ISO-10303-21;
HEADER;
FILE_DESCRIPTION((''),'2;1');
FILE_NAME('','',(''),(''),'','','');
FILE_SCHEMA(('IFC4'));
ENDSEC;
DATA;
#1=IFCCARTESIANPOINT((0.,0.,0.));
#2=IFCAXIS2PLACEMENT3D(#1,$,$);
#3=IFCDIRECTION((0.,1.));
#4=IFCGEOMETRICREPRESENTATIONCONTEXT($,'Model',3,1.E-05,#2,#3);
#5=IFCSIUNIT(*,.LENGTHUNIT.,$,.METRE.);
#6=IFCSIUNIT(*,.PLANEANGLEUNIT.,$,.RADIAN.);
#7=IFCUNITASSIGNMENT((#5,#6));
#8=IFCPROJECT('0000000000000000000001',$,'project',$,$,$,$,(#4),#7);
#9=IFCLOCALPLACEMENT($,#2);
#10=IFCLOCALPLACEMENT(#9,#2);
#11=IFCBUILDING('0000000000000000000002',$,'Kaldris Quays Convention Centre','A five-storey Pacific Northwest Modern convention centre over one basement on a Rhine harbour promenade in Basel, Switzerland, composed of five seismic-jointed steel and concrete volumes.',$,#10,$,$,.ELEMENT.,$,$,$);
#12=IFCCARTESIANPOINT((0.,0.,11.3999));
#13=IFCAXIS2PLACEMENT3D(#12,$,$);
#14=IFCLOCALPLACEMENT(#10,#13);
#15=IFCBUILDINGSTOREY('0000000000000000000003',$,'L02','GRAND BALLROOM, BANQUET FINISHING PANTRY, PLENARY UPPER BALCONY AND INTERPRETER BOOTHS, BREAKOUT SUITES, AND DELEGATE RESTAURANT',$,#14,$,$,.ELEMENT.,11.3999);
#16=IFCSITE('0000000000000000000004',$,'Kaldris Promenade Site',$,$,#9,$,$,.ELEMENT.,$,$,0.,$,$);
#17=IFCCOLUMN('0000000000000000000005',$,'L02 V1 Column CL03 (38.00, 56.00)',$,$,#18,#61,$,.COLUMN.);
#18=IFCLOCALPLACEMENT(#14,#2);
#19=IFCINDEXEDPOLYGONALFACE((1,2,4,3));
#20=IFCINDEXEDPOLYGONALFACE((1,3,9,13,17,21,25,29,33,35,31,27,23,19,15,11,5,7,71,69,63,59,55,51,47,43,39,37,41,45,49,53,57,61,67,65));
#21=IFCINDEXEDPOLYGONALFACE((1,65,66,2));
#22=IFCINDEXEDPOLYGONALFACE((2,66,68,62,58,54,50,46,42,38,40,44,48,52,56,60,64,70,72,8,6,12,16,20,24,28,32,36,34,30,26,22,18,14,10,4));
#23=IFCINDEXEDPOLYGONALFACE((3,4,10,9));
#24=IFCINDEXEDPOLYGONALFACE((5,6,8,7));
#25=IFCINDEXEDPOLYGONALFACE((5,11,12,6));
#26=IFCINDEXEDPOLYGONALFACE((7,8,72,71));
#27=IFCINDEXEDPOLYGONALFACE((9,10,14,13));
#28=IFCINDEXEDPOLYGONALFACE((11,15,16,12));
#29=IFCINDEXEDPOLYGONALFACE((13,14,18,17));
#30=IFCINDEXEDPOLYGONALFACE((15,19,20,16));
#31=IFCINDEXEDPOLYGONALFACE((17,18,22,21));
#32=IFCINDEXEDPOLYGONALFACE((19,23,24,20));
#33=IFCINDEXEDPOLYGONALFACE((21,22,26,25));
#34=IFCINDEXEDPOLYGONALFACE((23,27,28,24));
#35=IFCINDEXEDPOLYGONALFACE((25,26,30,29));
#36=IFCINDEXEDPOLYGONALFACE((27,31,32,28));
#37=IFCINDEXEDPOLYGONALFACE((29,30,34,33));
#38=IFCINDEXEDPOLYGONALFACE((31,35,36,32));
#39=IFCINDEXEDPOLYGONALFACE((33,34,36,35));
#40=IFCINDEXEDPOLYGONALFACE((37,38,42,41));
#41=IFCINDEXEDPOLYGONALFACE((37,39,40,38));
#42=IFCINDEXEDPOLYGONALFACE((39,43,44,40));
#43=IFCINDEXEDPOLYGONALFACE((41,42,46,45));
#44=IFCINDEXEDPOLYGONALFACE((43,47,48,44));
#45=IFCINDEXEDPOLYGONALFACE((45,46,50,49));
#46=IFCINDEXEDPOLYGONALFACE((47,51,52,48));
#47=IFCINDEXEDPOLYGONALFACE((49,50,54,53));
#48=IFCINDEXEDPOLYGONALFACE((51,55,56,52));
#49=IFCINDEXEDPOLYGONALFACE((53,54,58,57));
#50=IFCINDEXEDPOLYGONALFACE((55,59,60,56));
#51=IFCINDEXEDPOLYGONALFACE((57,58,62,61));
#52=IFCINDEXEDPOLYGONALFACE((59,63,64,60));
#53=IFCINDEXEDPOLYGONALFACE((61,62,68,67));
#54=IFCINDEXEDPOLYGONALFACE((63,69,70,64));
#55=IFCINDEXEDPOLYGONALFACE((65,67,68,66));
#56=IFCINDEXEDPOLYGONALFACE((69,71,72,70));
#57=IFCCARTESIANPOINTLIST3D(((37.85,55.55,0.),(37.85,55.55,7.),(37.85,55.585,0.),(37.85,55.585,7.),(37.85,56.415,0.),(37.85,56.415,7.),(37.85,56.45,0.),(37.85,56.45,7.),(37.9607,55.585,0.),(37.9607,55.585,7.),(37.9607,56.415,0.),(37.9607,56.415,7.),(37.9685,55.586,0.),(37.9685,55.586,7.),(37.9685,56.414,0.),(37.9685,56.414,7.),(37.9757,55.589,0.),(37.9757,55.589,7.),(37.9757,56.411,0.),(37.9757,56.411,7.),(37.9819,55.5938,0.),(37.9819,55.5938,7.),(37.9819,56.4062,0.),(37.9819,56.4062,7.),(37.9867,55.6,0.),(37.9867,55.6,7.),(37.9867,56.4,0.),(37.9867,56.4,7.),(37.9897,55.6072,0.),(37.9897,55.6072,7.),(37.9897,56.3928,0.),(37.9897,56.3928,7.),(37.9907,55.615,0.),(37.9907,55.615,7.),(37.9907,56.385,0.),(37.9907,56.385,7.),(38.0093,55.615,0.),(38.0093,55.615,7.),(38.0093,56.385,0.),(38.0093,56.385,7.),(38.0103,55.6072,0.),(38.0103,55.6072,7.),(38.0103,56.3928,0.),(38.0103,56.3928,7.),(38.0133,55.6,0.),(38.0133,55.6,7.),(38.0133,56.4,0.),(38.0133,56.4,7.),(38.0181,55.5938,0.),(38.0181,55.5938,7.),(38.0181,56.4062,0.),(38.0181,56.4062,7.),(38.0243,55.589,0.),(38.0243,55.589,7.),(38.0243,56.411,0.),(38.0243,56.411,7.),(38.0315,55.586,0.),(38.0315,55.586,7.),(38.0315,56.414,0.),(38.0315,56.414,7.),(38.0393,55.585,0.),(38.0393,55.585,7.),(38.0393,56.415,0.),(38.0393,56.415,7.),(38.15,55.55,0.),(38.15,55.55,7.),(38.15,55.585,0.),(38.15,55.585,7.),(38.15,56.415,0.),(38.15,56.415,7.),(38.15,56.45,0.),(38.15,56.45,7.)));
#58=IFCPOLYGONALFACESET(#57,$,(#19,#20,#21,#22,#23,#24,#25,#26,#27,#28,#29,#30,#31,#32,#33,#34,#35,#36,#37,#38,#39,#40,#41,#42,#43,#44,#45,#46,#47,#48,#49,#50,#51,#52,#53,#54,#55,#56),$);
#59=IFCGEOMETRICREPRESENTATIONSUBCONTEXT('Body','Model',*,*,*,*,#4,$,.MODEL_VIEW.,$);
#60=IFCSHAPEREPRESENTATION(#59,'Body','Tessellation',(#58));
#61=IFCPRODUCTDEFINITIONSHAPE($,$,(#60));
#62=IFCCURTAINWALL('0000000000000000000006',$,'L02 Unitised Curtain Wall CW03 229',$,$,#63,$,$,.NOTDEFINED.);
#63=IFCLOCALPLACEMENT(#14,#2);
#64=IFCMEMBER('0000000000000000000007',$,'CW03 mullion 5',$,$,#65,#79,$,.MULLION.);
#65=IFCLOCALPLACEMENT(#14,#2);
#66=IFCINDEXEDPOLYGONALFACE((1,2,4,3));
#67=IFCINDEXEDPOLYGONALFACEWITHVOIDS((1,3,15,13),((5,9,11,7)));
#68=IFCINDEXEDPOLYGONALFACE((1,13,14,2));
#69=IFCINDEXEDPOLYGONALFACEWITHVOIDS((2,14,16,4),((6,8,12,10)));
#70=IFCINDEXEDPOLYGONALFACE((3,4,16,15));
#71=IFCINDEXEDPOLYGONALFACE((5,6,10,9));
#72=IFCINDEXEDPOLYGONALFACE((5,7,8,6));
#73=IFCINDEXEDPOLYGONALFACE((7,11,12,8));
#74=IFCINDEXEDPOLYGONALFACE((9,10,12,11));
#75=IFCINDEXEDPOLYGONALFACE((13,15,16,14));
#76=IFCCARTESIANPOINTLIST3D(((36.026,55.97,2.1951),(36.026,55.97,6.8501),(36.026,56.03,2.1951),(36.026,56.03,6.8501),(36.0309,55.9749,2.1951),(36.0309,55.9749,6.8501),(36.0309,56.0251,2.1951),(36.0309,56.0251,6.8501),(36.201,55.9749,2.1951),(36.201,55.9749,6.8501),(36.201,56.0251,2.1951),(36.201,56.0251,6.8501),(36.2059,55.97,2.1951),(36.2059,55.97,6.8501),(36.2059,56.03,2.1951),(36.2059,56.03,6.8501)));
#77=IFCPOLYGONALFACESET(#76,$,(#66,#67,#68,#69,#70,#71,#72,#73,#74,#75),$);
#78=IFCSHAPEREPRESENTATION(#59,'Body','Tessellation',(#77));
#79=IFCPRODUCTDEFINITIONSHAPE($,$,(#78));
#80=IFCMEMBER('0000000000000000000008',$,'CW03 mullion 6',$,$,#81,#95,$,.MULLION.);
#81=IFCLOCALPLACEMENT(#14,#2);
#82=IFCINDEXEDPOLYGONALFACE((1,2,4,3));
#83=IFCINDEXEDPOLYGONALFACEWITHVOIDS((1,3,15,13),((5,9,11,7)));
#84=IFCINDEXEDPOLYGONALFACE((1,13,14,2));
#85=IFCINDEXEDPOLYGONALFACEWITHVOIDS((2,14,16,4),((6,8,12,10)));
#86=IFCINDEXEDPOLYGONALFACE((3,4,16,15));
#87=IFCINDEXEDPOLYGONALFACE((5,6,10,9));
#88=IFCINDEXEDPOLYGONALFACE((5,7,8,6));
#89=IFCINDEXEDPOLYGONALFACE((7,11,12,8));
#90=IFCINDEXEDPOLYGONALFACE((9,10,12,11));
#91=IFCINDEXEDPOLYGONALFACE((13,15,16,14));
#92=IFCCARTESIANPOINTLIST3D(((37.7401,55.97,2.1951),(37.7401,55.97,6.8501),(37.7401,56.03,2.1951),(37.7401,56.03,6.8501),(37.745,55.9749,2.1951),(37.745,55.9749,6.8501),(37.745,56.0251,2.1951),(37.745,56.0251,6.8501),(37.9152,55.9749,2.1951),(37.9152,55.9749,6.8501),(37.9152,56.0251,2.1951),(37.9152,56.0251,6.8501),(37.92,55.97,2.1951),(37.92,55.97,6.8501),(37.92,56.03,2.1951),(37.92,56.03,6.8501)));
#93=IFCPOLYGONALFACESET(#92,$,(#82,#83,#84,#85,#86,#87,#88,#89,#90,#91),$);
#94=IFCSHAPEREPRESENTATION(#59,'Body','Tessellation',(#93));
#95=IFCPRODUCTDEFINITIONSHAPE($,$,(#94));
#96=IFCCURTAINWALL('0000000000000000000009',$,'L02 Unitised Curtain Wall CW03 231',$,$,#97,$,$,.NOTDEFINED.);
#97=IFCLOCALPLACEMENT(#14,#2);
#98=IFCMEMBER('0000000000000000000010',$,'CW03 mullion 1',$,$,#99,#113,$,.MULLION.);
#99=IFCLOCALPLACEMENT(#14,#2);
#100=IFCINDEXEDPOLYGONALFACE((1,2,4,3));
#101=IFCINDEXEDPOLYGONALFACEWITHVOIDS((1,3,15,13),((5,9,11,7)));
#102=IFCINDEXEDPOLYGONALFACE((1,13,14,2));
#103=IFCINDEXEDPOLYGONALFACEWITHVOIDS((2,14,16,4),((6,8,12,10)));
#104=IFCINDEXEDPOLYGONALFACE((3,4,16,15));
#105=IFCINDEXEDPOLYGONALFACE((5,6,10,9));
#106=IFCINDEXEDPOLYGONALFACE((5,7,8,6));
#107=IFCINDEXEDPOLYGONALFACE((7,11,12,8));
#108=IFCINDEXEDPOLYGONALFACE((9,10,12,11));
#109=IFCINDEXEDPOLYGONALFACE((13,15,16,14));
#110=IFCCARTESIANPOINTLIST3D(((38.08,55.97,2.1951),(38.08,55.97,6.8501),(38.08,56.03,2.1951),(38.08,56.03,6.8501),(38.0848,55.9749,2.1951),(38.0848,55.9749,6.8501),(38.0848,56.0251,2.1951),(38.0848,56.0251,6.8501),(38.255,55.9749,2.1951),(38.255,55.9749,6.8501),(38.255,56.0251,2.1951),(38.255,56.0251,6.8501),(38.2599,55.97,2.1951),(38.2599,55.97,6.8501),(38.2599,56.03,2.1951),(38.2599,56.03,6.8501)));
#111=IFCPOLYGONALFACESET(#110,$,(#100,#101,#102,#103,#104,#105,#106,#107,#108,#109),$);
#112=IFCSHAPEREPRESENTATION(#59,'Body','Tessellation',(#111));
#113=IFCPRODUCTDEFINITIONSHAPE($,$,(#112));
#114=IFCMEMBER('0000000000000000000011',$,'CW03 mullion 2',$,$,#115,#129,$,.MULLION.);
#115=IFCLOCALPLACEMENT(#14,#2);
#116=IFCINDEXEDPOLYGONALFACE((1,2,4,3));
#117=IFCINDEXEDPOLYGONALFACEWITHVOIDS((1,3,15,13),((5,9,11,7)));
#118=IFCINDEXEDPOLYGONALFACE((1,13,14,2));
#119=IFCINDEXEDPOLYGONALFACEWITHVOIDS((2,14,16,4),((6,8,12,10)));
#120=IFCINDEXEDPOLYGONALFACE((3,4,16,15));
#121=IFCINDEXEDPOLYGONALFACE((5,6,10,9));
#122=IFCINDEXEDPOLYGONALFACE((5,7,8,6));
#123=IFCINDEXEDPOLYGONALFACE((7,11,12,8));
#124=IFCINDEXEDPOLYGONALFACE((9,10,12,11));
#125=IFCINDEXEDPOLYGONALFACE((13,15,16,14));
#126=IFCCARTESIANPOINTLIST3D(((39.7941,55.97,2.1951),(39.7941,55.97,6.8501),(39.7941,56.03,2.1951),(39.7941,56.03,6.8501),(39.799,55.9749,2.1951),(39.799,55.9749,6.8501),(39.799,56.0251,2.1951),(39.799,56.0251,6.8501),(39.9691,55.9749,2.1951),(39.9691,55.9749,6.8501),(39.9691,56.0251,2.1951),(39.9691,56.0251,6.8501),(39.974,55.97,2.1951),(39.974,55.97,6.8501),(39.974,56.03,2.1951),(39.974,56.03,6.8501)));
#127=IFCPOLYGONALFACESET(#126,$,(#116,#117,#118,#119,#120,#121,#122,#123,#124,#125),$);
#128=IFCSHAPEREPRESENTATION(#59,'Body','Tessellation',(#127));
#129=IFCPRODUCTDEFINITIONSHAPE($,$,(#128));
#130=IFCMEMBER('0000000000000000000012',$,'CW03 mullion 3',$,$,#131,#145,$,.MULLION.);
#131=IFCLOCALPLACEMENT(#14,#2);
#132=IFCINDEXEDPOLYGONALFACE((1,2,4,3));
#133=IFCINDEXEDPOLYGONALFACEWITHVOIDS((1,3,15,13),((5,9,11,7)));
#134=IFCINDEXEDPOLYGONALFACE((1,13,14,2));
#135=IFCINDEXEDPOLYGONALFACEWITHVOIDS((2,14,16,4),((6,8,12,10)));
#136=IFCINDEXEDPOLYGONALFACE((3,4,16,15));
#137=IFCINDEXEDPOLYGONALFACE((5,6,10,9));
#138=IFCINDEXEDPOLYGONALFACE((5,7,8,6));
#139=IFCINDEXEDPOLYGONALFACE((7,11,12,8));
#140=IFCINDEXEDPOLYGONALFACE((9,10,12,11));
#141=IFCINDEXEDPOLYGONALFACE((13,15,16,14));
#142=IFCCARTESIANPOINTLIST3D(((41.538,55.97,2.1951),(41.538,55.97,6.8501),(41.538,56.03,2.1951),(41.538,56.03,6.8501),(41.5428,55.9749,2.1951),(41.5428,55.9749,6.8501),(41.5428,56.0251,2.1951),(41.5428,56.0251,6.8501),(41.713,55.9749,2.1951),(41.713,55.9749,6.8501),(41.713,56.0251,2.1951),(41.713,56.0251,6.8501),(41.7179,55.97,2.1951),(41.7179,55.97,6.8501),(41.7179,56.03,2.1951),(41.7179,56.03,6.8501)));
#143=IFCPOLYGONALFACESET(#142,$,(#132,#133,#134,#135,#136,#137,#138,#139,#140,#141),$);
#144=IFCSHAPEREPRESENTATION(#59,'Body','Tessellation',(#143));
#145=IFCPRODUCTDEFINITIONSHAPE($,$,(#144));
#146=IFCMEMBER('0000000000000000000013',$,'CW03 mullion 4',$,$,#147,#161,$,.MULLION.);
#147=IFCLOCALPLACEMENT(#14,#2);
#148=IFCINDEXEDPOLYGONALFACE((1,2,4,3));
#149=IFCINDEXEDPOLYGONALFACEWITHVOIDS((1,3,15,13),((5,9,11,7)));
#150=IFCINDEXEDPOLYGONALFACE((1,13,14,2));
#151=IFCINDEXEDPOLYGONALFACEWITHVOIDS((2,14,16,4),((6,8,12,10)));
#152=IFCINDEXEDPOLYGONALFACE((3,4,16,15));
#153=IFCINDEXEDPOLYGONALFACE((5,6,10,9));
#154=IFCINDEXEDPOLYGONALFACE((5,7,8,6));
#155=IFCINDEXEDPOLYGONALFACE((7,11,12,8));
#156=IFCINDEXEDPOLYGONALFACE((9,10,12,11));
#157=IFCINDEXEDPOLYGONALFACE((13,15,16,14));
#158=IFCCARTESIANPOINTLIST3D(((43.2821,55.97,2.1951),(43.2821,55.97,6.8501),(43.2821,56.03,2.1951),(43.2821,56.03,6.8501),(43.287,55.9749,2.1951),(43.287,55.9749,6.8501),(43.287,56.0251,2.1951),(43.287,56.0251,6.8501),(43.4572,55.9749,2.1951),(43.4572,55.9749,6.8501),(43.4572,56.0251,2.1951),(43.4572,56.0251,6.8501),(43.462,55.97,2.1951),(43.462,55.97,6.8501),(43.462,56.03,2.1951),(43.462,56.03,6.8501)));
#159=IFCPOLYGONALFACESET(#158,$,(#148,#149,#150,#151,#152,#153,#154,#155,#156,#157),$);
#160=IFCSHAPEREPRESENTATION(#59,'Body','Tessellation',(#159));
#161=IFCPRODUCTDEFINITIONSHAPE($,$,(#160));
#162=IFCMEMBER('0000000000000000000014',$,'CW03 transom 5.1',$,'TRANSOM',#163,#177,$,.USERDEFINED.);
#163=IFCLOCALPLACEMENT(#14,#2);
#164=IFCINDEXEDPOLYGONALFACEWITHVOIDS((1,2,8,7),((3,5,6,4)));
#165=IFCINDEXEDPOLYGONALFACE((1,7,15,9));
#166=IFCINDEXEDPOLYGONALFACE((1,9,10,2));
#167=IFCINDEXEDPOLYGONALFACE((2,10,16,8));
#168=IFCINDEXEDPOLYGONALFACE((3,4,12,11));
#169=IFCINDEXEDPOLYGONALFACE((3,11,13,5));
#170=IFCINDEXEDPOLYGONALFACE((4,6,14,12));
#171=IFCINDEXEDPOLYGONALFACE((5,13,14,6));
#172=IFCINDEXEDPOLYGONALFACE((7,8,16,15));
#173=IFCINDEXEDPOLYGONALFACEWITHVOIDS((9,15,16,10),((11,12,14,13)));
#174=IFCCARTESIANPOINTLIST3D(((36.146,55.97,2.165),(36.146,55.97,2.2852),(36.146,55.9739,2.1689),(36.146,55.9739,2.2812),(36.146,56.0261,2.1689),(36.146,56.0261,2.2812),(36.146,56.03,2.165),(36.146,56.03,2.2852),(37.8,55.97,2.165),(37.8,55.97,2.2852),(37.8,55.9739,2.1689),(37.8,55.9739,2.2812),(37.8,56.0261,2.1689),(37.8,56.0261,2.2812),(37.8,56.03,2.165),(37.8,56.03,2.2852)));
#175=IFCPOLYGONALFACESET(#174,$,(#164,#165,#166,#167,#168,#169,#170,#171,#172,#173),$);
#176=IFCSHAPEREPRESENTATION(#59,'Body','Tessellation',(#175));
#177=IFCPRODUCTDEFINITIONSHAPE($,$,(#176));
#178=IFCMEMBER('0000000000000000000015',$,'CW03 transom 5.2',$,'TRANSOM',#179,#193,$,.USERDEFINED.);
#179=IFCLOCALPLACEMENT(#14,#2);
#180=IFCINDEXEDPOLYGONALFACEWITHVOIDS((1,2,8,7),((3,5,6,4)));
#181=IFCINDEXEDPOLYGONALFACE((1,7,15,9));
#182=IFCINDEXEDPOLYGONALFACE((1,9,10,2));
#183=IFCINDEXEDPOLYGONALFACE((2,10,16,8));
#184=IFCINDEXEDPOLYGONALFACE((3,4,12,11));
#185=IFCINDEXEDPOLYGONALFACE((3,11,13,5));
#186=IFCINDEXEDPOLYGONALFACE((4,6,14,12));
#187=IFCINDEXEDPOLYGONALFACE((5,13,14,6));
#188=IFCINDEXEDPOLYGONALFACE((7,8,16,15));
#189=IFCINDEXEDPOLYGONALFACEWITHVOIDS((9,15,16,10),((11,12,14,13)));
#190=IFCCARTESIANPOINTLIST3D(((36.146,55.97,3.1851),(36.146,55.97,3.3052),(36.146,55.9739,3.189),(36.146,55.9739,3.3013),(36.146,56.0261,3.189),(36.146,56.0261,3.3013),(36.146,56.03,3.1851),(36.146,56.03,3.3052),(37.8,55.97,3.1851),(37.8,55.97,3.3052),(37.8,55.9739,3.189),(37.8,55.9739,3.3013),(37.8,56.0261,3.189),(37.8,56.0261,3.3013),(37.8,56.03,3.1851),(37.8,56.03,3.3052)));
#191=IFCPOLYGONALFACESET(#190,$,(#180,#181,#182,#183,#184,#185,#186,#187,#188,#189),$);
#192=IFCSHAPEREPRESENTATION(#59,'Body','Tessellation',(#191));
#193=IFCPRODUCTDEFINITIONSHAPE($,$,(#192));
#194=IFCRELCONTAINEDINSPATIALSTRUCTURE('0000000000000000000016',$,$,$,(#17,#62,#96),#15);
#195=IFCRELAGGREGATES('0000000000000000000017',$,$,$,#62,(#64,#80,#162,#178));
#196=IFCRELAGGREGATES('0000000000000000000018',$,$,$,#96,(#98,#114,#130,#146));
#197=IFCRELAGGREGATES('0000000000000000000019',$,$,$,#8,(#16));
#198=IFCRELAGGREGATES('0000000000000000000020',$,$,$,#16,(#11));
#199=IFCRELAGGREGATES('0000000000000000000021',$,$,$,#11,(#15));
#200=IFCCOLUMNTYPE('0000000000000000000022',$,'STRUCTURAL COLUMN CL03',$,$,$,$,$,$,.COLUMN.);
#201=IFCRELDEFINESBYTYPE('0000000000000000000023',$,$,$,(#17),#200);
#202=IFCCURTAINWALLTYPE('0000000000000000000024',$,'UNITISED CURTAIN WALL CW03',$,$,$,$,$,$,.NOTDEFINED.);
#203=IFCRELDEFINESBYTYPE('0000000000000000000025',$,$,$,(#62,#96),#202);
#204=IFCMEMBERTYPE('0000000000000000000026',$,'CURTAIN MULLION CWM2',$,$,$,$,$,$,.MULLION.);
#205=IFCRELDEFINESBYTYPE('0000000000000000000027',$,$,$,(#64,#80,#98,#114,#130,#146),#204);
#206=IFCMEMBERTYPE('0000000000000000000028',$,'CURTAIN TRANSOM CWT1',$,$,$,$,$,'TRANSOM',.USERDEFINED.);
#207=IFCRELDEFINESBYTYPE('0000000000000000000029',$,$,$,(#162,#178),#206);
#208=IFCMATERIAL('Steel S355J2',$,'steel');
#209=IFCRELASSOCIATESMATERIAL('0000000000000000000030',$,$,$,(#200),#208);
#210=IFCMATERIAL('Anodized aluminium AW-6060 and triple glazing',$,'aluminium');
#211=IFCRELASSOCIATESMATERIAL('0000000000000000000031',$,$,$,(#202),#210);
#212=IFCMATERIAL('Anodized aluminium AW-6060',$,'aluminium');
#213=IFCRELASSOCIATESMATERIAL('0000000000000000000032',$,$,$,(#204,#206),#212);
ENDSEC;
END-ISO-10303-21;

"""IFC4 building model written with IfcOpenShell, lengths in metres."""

from ifc_helpers import new_model, si_unit, direction, frame, origin, origin_2d, place, context, subcontext, project, spatial, hollow_rectangle, i_section, extrude, material, material_profile, profile_set, type_object, element, aggregate, save


model = new_model("IFC4")

# Units and contexts
model_context = context("Model", 3, precision=1e-05, world=origin(), true_north=direction((0.0, 1.0)))
body_context = subcontext(model_context, "Body", "Model", "MODEL_VIEW")
ifc_project = project(units=[si_unit("LENGTHUNIT", "METRE"), si_unit("PLANEANGLEUNIT", "RADIAN")], contexts=[model_context])

# Site, building, storey
site_placement = place(None, origin())
site = spatial("IfcSite", under=ifc_project, at=site_placement, Name="Kaldris Promenade Site", CompositionType="ELEMENT", RefElevation=0.0)
building_placement = place(site_placement, origin())
building = spatial("IfcBuilding", under=site, at=building_placement, Name="Kaldris Quays Convention Centre", Description="A five-storey Pacific Northwest Modern convention centre over one basement on a Rhine harbour promenade in Basel, Switzerland, composed of five seismic-jointed steel and concrete volumes.", CompositionType="ELEMENT")
storey_placement = place(building_placement, frame((0.0, 0.0, 11.3999)))
storey = spatial("IfcBuildingStorey", under=building, at=storey_placement, Name="L02", Description="GRAND BALLROOM, BANQUET FINISHING PANTRY, PLENARY UPPER BALCONY AND INTERPRETER BOOTHS, BREAKOUT SUITES, AND DELEGATE RESTAURANT", CompositionType="ELEMENT", Elevation=11.3999)

# Column
ifc_material_1 = material(Name="Steel S355J2", Category="steel")
ifc_material_profile_1 = material_profile(ifc_material_1, i_section(OverallWidth=0.3, OverallDepth=0.8999, WebThickness=0.0186, FlangeThickness=0.0349, FilletRadius=0.03, at=origin_2d()), Name="HEB 900")
ifc_profile_set_1 = profile_set([ifc_material_profile_1], Name="Steel S355J2")
column_type = type_object("IfcColumnType", Name="STRUCTURAL COLUMN CL03", PredefinedType="COLUMN", material=ifc_profile_set_1)
column_placement = place(storey_placement, frame((38.0, 56.0, 0.0), z_axis=(0.0, 0.0, 1.0), x_axis=(1.0, 0.0, 0.0)))
element("IfcColumn", 1, at=column_placement, inside=storey, type_object=column_type, Name="L02 V1 Column CL03 (38.00, 56.00)", PredefinedType="COLUMN", context=body_context, shape_type="SweptSolid", body=[
    extrude(i_section(OverallWidth=0.3, OverallDepth=0.8999, WebThickness=0.0186, FlangeThickness=0.0349, FilletRadius=0.03, at=origin_2d()), origin(), (0.0, 0.0, 1.0), 7.0),
])

# Curtain walls, members
ifc_material_2 = material(Name="Anodized aluminium AW-6060 and triple glazing", Category="aluminium")
curtain_wall_type = type_object("IfcCurtainWallType", Name="UNITISED CURTAIN WALL CW03", PredefinedType="NOTDEFINED", material=ifc_material_2)
curtain_wall_1_placement = place(storey_placement, origin())
curtain_wall_1 = element("IfcCurtainWall", 2, at=curtain_wall_1_placement, inside=storey, type_object=curtain_wall_type, Name="L02 Unitised Curtain Wall CW03 229", PredefinedType="NOTDEFINED")
ifc_material_3 = material(Name="Anodized aluminium AW-6060", Category="aluminium")
ifc_material_profile_2 = material_profile(ifc_material_3, hollow_rectangle(XDim=0.0601, YDim=0.1799, WallThickness=0.0049, at=origin_2d()), Name="RHS 180x60x5")
ifc_profile_set_2 = profile_set([ifc_material_profile_2], Name="Anodized aluminium AW-6060")
member_type_1 = type_object("IfcMemberType", Name="CURTAIN MULLION CWM2", PredefinedType="MULLION", material=ifc_profile_set_2)
member_1_placement = place(storey_placement, frame((36.116, 56.0, 2.1951), z_axis=(0.0, 0.0, 1.0), x_axis=(0.0, 1.0, 0.0)))
member_1 = element("IfcMember", 3, at=member_1_placement, type_object=member_type_1, Name="CW03 mullion 5", PredefinedType="MULLION", context=body_context, shape_type="SweptSolid", body=[
    extrude(hollow_rectangle(XDim=0.0601, YDim=0.1799, WallThickness=0.0049, at=origin_2d()), origin(), (0.0, 0.0, 1.0), 4.655),
])
member_2_placement = place(storey_placement, frame((37.8301, 56.0, 2.1951), z_axis=(0.0, 0.0, 1.0), x_axis=(0.0, 1.0, 0.0)))
member_2 = element("IfcMember", 4, at=member_2_placement, type_object=member_type_1, Name="CW03 mullion 6", PredefinedType="MULLION", context=body_context, shape_type="SweptSolid", body=[
    extrude(hollow_rectangle(XDim=0.0601, YDim=0.1799, WallThickness=0.0049, at=origin_2d()), origin(), (0.0, 0.0, 1.0), 4.655),
])
curtain_wall_2_placement = place(storey_placement, origin())
curtain_wall_2 = element("IfcCurtainWall", 5, at=curtain_wall_2_placement, inside=storey, type_object=curtain_wall_type, Name="L02 Unitised Curtain Wall CW03 231", PredefinedType="NOTDEFINED")
member_3_placement = place(storey_placement, frame((38.1699, 56.0, 2.1951), z_axis=(0.0, 0.0, 1.0), x_axis=(0.0, 1.0, 0.0)))
member_3 = element("IfcMember", 6, at=member_3_placement, type_object=member_type_1, Name="CW03 mullion 1", PredefinedType="MULLION", context=body_context, shape_type="SweptSolid", body=[
    extrude(hollow_rectangle(XDim=0.0601, YDim=0.1799, WallThickness=0.0049, at=origin_2d()), origin(), (0.0, 0.0, 1.0), 4.655),
])
member_4_placement = place(storey_placement, frame((39.884, 56.0, 2.1951), z_axis=(0.0, 0.0, 1.0), x_axis=(0.0, 1.0, 0.0)))
member_4 = element("IfcMember", 7, at=member_4_placement, type_object=member_type_1, Name="CW03 mullion 2", PredefinedType="MULLION", context=body_context, shape_type="SweptSolid", body=[
    extrude(hollow_rectangle(XDim=0.0601, YDim=0.1799, WallThickness=0.0049, at=origin_2d()), origin(), (0.0, 0.0, 1.0), 4.655),
])
member_5_placement = place(storey_placement, frame((41.6279, 56.0, 2.1951), z_axis=(0.0, 0.0, 1.0), x_axis=(0.0, 1.0, 0.0)))
member_5 = element("IfcMember", 8, at=member_5_placement, type_object=member_type_1, Name="CW03 mullion 3", PredefinedType="MULLION", context=body_context, shape_type="SweptSolid", body=[
    extrude(hollow_rectangle(XDim=0.0601, YDim=0.1799, WallThickness=0.0049, at=origin_2d()), origin(), (0.0, 0.0, 1.0), 4.655),
])
member_6_placement = place(storey_placement, frame((43.3721, 56.0, 2.1951), z_axis=(0.0, 0.0, 1.0), x_axis=(0.0, 1.0, 0.0)))
member_6 = element("IfcMember", 9, at=member_6_placement, type_object=member_type_1, Name="CW03 mullion 4", PredefinedType="MULLION", context=body_context, shape_type="SweptSolid", body=[
    extrude(hollow_rectangle(XDim=0.0601, YDim=0.1799, WallThickness=0.0049, at=origin_2d()), origin(), (0.0, 0.0, 1.0), 4.655),
])

# Members
ifc_material_profile_3 = material_profile(ifc_material_3, hollow_rectangle(XDim=0.0601, YDim=0.1201, WallThickness=0.0039, at=origin_2d()), Name="RHS 120x60x4")
ifc_profile_set_3 = profile_set([ifc_material_profile_3], Name="Anodized aluminium AW-6060")
member_type_2 = type_object("IfcMemberType", Name="CURTAIN TRANSOM CWT1", ElementType="TRANSOM", PredefinedType="USERDEFINED", material=ifc_profile_set_3)
member_7_placement = place(storey_placement, frame((36.146, 56.0, 2.2251), z_axis=(1.0, 0.0, 0.0), x_axis=(0.0, 1.0, 0.0)))
member_7 = element("IfcMember", 10, at=member_7_placement, type_object=member_type_2, Name="CW03 transom 5.1", ObjectType="TRANSOM", PredefinedType="USERDEFINED", context=body_context, shape_type="SweptSolid", body=[
    extrude(hollow_rectangle(XDim=0.0601, YDim=0.1201, WallThickness=0.0039, at=origin_2d()), origin(), (0.0, 0.0, 1.0), 1.6541),
])
member_8_placement = place(storey_placement, frame((36.146, 56.0, 3.2451), z_axis=(1.0, 0.0, 0.0), x_axis=(0.0, 1.0, 0.0)))
member_8 = element("IfcMember", 11, at=member_8_placement, type_object=member_type_2, Name="CW03 transom 5.2", ObjectType="TRANSOM", PredefinedType="USERDEFINED", context=body_context, shape_type="SweptSolid", body=[
    extrude(hollow_rectangle(XDim=0.0601, YDim=0.1201, WallThickness=0.0039, at=origin_2d()), origin(), (0.0, 0.0, 1.0), 1.6541),
])

aggregate(curtain_wall_1, [member_1, member_2, member_7, member_8])
aggregate(curtain_wall_2, [member_3, member_4, member_5, member_6])

save(model, "model.ifc")
